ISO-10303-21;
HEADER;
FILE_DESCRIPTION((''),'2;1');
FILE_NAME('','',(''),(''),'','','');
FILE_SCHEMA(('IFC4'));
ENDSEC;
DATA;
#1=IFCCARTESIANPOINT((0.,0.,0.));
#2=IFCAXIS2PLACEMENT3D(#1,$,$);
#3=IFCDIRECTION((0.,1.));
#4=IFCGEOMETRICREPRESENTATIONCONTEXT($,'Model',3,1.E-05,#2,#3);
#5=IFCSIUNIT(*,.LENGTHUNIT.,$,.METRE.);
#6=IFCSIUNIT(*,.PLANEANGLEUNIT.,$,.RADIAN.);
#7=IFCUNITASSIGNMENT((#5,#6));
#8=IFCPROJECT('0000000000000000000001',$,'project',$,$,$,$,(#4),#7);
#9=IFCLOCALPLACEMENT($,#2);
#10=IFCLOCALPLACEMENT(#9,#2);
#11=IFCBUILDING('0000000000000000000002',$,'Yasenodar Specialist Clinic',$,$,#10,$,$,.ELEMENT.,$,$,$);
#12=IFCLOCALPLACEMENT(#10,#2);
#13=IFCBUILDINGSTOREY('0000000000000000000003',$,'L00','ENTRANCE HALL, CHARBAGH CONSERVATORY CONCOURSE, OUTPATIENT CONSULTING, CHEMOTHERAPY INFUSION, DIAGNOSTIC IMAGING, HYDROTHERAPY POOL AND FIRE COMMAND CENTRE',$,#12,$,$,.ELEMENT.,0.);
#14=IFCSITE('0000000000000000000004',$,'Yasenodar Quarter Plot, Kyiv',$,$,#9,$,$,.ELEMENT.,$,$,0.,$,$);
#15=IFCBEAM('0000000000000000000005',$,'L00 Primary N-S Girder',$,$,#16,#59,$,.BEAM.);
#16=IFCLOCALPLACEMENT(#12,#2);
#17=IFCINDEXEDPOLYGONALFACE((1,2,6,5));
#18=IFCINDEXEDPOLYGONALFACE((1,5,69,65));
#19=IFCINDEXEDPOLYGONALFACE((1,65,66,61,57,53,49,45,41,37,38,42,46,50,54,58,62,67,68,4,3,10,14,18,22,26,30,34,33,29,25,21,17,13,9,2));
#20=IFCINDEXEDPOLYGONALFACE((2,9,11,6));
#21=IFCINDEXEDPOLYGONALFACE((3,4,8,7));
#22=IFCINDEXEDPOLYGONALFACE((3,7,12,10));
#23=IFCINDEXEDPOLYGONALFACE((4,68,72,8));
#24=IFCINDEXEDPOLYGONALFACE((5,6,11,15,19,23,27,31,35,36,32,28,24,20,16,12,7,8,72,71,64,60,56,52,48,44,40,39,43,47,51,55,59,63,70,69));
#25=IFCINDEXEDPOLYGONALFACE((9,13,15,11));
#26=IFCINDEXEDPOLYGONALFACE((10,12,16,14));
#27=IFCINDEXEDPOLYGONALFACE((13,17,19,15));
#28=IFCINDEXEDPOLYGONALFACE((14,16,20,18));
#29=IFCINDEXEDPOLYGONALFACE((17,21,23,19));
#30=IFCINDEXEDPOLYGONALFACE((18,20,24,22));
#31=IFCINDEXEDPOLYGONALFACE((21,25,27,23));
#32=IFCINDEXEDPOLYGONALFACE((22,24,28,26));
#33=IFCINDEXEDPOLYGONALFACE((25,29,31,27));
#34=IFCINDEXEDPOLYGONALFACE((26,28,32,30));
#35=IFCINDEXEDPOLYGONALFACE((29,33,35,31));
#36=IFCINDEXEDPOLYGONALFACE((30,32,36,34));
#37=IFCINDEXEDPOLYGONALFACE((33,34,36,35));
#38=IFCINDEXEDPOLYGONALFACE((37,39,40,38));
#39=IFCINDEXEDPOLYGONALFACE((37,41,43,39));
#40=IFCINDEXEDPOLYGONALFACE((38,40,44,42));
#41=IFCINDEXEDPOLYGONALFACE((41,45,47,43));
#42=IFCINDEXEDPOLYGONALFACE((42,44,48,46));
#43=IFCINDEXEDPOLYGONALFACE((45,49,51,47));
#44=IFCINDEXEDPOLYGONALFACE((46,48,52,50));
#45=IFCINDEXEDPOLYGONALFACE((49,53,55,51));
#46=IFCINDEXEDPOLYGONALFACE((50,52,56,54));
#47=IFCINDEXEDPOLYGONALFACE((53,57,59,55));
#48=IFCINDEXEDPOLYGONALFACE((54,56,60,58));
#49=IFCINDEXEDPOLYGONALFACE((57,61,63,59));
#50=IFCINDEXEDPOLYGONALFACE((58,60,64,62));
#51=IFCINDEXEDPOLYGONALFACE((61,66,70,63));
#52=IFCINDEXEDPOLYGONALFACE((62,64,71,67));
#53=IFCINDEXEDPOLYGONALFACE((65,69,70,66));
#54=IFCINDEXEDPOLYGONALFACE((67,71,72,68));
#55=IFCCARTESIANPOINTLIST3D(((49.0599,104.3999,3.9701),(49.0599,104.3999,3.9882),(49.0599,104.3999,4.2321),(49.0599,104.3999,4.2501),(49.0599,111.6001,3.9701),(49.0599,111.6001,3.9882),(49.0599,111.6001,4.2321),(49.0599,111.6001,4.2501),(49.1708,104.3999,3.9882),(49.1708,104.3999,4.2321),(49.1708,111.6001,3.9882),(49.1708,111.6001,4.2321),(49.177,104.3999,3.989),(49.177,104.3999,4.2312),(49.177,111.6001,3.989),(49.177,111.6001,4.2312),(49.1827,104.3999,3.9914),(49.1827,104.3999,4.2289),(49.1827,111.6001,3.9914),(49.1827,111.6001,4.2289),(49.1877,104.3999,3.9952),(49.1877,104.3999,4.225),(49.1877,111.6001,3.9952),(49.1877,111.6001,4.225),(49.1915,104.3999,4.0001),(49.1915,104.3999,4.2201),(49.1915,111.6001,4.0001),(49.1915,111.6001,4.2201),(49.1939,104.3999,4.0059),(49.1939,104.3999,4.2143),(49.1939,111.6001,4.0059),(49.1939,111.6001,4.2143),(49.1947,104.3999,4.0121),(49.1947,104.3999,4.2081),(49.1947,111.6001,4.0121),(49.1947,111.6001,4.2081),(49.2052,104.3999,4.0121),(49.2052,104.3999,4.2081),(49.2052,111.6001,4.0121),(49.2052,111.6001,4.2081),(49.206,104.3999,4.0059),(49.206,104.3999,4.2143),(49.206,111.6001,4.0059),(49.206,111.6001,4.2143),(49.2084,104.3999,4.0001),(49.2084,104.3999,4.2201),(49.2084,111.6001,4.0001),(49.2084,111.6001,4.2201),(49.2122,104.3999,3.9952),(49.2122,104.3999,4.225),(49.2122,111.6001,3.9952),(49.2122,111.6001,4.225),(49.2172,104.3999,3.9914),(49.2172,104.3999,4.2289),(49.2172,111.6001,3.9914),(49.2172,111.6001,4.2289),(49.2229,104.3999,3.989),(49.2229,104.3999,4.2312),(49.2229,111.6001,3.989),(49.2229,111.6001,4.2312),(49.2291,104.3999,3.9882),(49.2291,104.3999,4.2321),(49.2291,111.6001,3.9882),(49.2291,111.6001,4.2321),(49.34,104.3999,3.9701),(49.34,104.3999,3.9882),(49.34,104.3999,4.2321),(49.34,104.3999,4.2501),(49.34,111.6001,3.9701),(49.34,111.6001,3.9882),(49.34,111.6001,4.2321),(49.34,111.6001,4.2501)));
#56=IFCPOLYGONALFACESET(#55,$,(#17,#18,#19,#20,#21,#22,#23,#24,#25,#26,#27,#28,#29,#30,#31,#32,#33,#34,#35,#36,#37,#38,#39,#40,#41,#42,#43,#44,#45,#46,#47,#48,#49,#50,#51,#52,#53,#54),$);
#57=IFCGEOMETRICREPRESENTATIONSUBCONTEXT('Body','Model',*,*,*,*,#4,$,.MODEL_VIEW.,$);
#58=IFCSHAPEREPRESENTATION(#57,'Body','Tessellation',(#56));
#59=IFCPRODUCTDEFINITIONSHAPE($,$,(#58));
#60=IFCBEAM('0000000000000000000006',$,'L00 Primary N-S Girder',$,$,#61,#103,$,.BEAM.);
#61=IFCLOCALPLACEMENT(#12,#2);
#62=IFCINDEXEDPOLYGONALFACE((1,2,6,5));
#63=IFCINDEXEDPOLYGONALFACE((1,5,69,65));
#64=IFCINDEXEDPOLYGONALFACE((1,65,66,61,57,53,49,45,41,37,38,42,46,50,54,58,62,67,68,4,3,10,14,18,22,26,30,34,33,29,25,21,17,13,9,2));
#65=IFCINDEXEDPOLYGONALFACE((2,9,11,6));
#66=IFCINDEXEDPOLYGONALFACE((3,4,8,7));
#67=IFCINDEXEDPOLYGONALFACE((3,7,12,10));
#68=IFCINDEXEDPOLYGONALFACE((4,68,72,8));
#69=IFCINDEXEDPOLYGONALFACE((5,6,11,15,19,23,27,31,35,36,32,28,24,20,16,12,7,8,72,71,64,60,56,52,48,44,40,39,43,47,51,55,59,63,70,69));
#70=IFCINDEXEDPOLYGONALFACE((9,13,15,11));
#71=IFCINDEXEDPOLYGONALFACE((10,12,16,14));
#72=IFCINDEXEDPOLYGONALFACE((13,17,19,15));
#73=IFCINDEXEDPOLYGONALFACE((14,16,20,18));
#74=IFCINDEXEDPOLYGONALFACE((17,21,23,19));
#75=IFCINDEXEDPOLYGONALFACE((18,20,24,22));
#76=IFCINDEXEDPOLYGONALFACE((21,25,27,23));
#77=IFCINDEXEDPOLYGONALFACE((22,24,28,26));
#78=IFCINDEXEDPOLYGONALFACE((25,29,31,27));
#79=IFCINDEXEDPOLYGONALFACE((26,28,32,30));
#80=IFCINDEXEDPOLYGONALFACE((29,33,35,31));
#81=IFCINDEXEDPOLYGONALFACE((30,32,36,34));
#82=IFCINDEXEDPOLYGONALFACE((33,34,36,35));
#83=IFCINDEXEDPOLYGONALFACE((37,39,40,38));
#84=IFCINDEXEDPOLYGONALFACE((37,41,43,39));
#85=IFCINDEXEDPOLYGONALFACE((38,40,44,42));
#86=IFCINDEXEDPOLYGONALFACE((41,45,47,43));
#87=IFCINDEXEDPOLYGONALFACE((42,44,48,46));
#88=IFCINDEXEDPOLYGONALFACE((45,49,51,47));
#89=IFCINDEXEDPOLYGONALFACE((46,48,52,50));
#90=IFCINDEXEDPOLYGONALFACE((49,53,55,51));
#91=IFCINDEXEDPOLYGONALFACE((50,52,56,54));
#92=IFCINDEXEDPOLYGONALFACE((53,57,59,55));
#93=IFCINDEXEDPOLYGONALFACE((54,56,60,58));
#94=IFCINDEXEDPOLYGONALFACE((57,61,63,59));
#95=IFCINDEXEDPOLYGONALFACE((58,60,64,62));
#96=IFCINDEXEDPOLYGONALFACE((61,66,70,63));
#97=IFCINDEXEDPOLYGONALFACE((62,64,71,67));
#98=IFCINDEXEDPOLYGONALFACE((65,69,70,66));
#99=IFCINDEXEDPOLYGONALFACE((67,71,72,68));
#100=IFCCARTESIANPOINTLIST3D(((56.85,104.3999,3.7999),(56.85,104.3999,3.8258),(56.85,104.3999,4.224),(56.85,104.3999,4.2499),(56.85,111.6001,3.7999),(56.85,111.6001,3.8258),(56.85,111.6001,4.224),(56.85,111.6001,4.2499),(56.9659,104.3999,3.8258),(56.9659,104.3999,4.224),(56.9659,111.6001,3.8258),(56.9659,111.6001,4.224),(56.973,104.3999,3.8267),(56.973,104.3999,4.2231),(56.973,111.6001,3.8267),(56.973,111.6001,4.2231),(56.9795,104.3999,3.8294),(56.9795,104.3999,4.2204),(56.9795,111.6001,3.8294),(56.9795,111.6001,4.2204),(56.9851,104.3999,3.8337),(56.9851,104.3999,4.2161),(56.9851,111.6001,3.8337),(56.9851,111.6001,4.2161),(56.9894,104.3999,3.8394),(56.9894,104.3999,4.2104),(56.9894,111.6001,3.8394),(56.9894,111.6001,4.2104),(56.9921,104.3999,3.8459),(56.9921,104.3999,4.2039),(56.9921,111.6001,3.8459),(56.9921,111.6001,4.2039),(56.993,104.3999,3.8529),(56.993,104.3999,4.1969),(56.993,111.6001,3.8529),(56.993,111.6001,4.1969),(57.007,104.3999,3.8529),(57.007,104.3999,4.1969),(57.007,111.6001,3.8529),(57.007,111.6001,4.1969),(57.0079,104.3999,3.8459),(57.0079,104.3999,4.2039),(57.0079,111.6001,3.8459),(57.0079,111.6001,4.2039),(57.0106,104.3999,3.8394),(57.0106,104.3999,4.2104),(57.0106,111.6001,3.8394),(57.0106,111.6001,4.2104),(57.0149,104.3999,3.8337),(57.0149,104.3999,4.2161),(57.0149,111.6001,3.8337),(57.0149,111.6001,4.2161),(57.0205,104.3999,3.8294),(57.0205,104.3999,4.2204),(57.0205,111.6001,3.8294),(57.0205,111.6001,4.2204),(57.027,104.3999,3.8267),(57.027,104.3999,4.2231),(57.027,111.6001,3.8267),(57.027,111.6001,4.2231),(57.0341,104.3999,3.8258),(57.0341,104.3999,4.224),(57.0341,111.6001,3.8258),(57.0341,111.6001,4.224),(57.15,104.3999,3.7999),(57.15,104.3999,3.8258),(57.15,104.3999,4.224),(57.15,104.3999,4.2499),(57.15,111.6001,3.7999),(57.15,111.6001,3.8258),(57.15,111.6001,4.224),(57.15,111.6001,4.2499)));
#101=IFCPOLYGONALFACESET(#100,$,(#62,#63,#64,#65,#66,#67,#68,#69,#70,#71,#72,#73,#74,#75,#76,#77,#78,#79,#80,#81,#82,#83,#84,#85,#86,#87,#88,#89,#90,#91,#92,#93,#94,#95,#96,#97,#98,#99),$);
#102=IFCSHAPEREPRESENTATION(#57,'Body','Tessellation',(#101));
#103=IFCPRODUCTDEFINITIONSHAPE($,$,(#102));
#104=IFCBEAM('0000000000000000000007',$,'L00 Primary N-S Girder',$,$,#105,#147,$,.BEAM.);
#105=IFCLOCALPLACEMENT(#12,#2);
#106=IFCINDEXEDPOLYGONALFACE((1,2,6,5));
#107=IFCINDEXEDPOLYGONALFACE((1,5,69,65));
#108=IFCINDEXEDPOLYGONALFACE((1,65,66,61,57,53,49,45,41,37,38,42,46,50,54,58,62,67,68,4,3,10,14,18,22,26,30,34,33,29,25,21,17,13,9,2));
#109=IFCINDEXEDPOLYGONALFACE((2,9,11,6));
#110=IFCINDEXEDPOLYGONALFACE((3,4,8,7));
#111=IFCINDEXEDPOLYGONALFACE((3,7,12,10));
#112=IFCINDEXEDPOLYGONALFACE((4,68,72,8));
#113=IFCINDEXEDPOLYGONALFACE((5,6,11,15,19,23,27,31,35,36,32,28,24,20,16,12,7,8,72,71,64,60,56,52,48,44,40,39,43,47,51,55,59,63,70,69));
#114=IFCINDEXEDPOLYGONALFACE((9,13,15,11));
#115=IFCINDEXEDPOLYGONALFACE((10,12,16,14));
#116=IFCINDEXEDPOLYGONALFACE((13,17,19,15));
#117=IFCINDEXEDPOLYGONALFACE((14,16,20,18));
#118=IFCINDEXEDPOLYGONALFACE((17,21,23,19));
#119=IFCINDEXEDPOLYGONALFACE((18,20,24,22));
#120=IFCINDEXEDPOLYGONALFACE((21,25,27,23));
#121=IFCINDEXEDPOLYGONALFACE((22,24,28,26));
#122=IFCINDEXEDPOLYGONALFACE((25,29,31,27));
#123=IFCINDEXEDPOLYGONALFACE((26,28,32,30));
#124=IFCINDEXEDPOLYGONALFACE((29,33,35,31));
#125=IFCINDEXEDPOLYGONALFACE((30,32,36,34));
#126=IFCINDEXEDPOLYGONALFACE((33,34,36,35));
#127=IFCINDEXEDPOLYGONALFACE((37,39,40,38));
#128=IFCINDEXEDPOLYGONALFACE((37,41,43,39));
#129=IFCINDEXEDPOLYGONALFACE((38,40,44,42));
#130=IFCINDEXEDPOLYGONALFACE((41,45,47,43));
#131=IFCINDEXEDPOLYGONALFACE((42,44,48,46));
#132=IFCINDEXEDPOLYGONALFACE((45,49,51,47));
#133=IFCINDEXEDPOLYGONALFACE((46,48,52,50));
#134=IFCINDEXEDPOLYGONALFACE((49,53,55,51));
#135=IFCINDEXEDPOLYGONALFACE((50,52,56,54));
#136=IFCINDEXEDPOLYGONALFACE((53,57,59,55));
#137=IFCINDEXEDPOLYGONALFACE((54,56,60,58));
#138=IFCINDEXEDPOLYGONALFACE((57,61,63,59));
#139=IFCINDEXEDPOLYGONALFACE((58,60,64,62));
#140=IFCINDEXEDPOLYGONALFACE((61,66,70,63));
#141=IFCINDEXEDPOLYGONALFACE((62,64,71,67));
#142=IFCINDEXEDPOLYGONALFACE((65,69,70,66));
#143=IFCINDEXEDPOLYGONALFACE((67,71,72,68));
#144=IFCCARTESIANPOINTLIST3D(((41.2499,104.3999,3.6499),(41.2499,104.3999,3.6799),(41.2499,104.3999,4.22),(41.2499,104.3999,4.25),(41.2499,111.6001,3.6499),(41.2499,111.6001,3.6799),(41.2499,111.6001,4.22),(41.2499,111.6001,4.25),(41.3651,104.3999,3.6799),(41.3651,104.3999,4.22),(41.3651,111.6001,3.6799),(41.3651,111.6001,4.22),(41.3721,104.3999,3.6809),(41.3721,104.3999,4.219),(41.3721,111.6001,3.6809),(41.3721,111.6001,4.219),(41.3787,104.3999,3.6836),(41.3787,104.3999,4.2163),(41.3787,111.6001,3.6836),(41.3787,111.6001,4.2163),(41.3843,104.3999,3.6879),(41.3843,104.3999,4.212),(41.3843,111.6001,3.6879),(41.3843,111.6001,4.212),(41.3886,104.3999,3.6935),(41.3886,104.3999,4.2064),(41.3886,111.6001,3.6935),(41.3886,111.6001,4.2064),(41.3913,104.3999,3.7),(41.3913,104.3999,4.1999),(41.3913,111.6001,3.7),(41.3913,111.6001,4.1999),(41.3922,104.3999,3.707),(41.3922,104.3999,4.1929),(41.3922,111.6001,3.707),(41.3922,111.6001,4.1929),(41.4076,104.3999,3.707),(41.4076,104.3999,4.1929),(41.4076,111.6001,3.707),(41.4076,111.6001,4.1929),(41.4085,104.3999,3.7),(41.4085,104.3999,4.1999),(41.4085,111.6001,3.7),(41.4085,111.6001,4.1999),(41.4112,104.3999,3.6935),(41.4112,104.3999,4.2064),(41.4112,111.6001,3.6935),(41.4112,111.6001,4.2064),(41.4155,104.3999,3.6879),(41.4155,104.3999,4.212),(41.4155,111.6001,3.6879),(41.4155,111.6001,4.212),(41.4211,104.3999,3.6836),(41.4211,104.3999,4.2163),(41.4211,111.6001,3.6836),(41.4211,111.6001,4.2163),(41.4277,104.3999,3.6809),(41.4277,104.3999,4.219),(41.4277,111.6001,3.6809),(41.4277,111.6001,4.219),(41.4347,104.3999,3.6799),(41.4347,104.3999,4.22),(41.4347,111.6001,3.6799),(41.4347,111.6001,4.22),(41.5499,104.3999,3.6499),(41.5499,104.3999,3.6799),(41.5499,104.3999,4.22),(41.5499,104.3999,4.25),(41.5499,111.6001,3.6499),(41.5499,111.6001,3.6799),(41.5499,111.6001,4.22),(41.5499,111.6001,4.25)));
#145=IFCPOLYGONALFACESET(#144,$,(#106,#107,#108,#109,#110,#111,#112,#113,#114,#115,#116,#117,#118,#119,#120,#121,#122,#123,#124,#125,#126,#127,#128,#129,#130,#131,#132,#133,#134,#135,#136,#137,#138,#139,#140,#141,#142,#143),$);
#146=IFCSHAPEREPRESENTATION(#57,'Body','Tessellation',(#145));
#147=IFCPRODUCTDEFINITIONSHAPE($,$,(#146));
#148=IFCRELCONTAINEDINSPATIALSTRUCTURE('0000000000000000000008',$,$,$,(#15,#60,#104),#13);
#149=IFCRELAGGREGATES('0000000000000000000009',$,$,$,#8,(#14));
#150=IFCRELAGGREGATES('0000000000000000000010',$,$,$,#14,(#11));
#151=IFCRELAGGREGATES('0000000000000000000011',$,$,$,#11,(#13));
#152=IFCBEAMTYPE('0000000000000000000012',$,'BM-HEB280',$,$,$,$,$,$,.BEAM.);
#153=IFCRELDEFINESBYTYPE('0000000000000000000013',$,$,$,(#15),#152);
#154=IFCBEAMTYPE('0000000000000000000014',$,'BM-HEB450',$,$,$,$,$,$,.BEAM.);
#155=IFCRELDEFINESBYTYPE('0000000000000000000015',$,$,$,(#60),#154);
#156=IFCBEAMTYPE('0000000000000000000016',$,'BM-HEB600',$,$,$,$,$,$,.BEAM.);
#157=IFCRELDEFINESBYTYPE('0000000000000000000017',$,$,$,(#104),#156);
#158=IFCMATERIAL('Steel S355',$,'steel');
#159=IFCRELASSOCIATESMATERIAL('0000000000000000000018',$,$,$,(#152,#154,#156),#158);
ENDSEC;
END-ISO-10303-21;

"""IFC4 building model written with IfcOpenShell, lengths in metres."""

from ifc_helpers import new_model, si_unit, direction, frame, origin, origin_2d, place, context, subcontext, project, spatial, i_section, extrude, material, material_profile, profile_set, type_object, element, save


model = new_model("IFC4")

# Units and contexts
model_context = context("Model", 3, precision=1e-05, world=origin(), true_north=direction((0.0, 1.0)))
body_context = subcontext(model_context, "Body", "Model", "MODEL_VIEW")
ifc_project = project(units=[si_unit("LENGTHUNIT", "METRE"), si_unit("PLANEANGLEUNIT", "RADIAN")], contexts=[model_context])

# Site, building, storey
site_placement = place(None, origin())
site = spatial("IfcSite", under=ifc_project, at=site_placement, Name="Yasenodar Quarter Plot, Kyiv", CompositionType="ELEMENT", RefElevation=0.0)
building_placement = place(site_placement, origin())
building = spatial("IfcBuilding", under=site, at=building_placement, Name="Yasenodar Specialist Clinic", CompositionType="ELEMENT")
storey_placement = place(building_placement, origin())
storey = spatial("IfcBuildingStorey", under=building, at=storey_placement, Name="L00", Description="ENTRANCE HALL, CHARBAGH CONSERVATORY CONCOURSE, OUTPATIENT CONSULTING, CHEMOTHERAPY INFUSION, DIAGNOSTIC IMAGING, HYDROTHERAPY POOL AND FIRE COMMAND CENTRE", CompositionType="ELEMENT", Elevation=0.0)

# Shared definitions
ifc_material_1 = material(Name="Steel S355", Category="steel")

# Beams
ifc_material_profile_1 = material_profile(ifc_material_1, i_section(OverallWidth=0.28, OverallDepth=0.28, WebThickness=0.0105, FlangeThickness=0.0181, FilletRadius=0.0239, at=origin_2d()), Name="HEB 280")
ifc_profile_set_1 = profile_set([ifc_material_profile_1], Name="Steel S355")
beam_type_1 = type_object("IfcBeamType", Name="BM-HEB280", PredefinedType="BEAM", material=ifc_profile_set_1)
beam_1_placement = place(storey_placement, frame((49.2, 104.3999, 4.1101), z_axis=(0.0, 1.0, 0.0), x_axis=(-1.0, 0.0, 0.0)))
element("IfcBeam", 1, at=beam_1_placement, inside=storey, type_object=beam_type_1, Name="L00 Primary N-S Girder", PredefinedType="BEAM", context=body_context, shape_type="SweptSolid", body=[
    extrude(i_section(OverallWidth=0.28, OverallDepth=0.28, WebThickness=0.0105, FlangeThickness=0.0181, FilletRadius=0.0239, at=origin_2d()), origin(), (0.0, 0.0, 1.0), 7.2002),
])
ifc_material_profile_2 = material_profile(ifc_material_1, i_section(OverallWidth=0.3, OverallDepth=0.45, WebThickness=0.0139, FlangeThickness=0.0259, FilletRadius=0.0271, at=origin_2d()), Name="HEB 450")
ifc_profile_set_2 = profile_set([ifc_material_profile_2], Name="Steel S355")
beam_type_2 = type_object("IfcBeamType", Name="BM-HEB450", PredefinedType="BEAM", material=ifc_profile_set_2)
beam_2_placement = place(storey_placement, frame((57.0, 104.3999, 4.0249), z_axis=(0.0, 1.0, 0.0), x_axis=(-1.0, 0.0, 0.0)))
element("IfcBeam", 2, at=beam_2_placement, inside=storey, type_object=beam_type_2, Name="L00 Primary N-S Girder", PredefinedType="BEAM", context=body_context, shape_type="SweptSolid", body=[
    extrude(i_section(OverallWidth=0.3, OverallDepth=0.45, WebThickness=0.0139, FlangeThickness=0.0259, FilletRadius=0.0271, at=origin_2d()), origin(), (0.0, 0.0, 1.0), 7.2002),
])
ifc_material_profile_3 = material_profile(ifc_material_1, i_section(OverallWidth=0.3, OverallDepth=0.6001, WebThickness=0.0154, FlangeThickness=0.03, FilletRadius=0.0271, at=origin_2d()), Name="HEB 600")
ifc_profile_set_3 = profile_set([ifc_material_profile_3], Name="Steel S355")
beam_type_3 = type_object("IfcBeamType", Name="BM-HEB600", PredefinedType="BEAM", material=ifc_profile_set_3)
beam_3_placement = place(storey_placement, frame((41.3999, 104.3999, 3.95), z_axis=(0.0, 1.0, 0.0), x_axis=(-1.0, 0.0, 0.0)))
element("IfcBeam", 3, at=beam_3_placement, inside=storey, type_object=beam_type_3, Name="L00 Primary N-S Girder", PredefinedType="BEAM", context=body_context, shape_type="SweptSolid", body=[
    extrude(i_section(OverallWidth=0.3, OverallDepth=0.6001, WebThickness=0.0154, FlangeThickness=0.03, FilletRadius=0.0271, at=origin_2d()), origin(), (0.0, 0.0, 1.0), 7.2002),
])

save(model, "model.ifc")
